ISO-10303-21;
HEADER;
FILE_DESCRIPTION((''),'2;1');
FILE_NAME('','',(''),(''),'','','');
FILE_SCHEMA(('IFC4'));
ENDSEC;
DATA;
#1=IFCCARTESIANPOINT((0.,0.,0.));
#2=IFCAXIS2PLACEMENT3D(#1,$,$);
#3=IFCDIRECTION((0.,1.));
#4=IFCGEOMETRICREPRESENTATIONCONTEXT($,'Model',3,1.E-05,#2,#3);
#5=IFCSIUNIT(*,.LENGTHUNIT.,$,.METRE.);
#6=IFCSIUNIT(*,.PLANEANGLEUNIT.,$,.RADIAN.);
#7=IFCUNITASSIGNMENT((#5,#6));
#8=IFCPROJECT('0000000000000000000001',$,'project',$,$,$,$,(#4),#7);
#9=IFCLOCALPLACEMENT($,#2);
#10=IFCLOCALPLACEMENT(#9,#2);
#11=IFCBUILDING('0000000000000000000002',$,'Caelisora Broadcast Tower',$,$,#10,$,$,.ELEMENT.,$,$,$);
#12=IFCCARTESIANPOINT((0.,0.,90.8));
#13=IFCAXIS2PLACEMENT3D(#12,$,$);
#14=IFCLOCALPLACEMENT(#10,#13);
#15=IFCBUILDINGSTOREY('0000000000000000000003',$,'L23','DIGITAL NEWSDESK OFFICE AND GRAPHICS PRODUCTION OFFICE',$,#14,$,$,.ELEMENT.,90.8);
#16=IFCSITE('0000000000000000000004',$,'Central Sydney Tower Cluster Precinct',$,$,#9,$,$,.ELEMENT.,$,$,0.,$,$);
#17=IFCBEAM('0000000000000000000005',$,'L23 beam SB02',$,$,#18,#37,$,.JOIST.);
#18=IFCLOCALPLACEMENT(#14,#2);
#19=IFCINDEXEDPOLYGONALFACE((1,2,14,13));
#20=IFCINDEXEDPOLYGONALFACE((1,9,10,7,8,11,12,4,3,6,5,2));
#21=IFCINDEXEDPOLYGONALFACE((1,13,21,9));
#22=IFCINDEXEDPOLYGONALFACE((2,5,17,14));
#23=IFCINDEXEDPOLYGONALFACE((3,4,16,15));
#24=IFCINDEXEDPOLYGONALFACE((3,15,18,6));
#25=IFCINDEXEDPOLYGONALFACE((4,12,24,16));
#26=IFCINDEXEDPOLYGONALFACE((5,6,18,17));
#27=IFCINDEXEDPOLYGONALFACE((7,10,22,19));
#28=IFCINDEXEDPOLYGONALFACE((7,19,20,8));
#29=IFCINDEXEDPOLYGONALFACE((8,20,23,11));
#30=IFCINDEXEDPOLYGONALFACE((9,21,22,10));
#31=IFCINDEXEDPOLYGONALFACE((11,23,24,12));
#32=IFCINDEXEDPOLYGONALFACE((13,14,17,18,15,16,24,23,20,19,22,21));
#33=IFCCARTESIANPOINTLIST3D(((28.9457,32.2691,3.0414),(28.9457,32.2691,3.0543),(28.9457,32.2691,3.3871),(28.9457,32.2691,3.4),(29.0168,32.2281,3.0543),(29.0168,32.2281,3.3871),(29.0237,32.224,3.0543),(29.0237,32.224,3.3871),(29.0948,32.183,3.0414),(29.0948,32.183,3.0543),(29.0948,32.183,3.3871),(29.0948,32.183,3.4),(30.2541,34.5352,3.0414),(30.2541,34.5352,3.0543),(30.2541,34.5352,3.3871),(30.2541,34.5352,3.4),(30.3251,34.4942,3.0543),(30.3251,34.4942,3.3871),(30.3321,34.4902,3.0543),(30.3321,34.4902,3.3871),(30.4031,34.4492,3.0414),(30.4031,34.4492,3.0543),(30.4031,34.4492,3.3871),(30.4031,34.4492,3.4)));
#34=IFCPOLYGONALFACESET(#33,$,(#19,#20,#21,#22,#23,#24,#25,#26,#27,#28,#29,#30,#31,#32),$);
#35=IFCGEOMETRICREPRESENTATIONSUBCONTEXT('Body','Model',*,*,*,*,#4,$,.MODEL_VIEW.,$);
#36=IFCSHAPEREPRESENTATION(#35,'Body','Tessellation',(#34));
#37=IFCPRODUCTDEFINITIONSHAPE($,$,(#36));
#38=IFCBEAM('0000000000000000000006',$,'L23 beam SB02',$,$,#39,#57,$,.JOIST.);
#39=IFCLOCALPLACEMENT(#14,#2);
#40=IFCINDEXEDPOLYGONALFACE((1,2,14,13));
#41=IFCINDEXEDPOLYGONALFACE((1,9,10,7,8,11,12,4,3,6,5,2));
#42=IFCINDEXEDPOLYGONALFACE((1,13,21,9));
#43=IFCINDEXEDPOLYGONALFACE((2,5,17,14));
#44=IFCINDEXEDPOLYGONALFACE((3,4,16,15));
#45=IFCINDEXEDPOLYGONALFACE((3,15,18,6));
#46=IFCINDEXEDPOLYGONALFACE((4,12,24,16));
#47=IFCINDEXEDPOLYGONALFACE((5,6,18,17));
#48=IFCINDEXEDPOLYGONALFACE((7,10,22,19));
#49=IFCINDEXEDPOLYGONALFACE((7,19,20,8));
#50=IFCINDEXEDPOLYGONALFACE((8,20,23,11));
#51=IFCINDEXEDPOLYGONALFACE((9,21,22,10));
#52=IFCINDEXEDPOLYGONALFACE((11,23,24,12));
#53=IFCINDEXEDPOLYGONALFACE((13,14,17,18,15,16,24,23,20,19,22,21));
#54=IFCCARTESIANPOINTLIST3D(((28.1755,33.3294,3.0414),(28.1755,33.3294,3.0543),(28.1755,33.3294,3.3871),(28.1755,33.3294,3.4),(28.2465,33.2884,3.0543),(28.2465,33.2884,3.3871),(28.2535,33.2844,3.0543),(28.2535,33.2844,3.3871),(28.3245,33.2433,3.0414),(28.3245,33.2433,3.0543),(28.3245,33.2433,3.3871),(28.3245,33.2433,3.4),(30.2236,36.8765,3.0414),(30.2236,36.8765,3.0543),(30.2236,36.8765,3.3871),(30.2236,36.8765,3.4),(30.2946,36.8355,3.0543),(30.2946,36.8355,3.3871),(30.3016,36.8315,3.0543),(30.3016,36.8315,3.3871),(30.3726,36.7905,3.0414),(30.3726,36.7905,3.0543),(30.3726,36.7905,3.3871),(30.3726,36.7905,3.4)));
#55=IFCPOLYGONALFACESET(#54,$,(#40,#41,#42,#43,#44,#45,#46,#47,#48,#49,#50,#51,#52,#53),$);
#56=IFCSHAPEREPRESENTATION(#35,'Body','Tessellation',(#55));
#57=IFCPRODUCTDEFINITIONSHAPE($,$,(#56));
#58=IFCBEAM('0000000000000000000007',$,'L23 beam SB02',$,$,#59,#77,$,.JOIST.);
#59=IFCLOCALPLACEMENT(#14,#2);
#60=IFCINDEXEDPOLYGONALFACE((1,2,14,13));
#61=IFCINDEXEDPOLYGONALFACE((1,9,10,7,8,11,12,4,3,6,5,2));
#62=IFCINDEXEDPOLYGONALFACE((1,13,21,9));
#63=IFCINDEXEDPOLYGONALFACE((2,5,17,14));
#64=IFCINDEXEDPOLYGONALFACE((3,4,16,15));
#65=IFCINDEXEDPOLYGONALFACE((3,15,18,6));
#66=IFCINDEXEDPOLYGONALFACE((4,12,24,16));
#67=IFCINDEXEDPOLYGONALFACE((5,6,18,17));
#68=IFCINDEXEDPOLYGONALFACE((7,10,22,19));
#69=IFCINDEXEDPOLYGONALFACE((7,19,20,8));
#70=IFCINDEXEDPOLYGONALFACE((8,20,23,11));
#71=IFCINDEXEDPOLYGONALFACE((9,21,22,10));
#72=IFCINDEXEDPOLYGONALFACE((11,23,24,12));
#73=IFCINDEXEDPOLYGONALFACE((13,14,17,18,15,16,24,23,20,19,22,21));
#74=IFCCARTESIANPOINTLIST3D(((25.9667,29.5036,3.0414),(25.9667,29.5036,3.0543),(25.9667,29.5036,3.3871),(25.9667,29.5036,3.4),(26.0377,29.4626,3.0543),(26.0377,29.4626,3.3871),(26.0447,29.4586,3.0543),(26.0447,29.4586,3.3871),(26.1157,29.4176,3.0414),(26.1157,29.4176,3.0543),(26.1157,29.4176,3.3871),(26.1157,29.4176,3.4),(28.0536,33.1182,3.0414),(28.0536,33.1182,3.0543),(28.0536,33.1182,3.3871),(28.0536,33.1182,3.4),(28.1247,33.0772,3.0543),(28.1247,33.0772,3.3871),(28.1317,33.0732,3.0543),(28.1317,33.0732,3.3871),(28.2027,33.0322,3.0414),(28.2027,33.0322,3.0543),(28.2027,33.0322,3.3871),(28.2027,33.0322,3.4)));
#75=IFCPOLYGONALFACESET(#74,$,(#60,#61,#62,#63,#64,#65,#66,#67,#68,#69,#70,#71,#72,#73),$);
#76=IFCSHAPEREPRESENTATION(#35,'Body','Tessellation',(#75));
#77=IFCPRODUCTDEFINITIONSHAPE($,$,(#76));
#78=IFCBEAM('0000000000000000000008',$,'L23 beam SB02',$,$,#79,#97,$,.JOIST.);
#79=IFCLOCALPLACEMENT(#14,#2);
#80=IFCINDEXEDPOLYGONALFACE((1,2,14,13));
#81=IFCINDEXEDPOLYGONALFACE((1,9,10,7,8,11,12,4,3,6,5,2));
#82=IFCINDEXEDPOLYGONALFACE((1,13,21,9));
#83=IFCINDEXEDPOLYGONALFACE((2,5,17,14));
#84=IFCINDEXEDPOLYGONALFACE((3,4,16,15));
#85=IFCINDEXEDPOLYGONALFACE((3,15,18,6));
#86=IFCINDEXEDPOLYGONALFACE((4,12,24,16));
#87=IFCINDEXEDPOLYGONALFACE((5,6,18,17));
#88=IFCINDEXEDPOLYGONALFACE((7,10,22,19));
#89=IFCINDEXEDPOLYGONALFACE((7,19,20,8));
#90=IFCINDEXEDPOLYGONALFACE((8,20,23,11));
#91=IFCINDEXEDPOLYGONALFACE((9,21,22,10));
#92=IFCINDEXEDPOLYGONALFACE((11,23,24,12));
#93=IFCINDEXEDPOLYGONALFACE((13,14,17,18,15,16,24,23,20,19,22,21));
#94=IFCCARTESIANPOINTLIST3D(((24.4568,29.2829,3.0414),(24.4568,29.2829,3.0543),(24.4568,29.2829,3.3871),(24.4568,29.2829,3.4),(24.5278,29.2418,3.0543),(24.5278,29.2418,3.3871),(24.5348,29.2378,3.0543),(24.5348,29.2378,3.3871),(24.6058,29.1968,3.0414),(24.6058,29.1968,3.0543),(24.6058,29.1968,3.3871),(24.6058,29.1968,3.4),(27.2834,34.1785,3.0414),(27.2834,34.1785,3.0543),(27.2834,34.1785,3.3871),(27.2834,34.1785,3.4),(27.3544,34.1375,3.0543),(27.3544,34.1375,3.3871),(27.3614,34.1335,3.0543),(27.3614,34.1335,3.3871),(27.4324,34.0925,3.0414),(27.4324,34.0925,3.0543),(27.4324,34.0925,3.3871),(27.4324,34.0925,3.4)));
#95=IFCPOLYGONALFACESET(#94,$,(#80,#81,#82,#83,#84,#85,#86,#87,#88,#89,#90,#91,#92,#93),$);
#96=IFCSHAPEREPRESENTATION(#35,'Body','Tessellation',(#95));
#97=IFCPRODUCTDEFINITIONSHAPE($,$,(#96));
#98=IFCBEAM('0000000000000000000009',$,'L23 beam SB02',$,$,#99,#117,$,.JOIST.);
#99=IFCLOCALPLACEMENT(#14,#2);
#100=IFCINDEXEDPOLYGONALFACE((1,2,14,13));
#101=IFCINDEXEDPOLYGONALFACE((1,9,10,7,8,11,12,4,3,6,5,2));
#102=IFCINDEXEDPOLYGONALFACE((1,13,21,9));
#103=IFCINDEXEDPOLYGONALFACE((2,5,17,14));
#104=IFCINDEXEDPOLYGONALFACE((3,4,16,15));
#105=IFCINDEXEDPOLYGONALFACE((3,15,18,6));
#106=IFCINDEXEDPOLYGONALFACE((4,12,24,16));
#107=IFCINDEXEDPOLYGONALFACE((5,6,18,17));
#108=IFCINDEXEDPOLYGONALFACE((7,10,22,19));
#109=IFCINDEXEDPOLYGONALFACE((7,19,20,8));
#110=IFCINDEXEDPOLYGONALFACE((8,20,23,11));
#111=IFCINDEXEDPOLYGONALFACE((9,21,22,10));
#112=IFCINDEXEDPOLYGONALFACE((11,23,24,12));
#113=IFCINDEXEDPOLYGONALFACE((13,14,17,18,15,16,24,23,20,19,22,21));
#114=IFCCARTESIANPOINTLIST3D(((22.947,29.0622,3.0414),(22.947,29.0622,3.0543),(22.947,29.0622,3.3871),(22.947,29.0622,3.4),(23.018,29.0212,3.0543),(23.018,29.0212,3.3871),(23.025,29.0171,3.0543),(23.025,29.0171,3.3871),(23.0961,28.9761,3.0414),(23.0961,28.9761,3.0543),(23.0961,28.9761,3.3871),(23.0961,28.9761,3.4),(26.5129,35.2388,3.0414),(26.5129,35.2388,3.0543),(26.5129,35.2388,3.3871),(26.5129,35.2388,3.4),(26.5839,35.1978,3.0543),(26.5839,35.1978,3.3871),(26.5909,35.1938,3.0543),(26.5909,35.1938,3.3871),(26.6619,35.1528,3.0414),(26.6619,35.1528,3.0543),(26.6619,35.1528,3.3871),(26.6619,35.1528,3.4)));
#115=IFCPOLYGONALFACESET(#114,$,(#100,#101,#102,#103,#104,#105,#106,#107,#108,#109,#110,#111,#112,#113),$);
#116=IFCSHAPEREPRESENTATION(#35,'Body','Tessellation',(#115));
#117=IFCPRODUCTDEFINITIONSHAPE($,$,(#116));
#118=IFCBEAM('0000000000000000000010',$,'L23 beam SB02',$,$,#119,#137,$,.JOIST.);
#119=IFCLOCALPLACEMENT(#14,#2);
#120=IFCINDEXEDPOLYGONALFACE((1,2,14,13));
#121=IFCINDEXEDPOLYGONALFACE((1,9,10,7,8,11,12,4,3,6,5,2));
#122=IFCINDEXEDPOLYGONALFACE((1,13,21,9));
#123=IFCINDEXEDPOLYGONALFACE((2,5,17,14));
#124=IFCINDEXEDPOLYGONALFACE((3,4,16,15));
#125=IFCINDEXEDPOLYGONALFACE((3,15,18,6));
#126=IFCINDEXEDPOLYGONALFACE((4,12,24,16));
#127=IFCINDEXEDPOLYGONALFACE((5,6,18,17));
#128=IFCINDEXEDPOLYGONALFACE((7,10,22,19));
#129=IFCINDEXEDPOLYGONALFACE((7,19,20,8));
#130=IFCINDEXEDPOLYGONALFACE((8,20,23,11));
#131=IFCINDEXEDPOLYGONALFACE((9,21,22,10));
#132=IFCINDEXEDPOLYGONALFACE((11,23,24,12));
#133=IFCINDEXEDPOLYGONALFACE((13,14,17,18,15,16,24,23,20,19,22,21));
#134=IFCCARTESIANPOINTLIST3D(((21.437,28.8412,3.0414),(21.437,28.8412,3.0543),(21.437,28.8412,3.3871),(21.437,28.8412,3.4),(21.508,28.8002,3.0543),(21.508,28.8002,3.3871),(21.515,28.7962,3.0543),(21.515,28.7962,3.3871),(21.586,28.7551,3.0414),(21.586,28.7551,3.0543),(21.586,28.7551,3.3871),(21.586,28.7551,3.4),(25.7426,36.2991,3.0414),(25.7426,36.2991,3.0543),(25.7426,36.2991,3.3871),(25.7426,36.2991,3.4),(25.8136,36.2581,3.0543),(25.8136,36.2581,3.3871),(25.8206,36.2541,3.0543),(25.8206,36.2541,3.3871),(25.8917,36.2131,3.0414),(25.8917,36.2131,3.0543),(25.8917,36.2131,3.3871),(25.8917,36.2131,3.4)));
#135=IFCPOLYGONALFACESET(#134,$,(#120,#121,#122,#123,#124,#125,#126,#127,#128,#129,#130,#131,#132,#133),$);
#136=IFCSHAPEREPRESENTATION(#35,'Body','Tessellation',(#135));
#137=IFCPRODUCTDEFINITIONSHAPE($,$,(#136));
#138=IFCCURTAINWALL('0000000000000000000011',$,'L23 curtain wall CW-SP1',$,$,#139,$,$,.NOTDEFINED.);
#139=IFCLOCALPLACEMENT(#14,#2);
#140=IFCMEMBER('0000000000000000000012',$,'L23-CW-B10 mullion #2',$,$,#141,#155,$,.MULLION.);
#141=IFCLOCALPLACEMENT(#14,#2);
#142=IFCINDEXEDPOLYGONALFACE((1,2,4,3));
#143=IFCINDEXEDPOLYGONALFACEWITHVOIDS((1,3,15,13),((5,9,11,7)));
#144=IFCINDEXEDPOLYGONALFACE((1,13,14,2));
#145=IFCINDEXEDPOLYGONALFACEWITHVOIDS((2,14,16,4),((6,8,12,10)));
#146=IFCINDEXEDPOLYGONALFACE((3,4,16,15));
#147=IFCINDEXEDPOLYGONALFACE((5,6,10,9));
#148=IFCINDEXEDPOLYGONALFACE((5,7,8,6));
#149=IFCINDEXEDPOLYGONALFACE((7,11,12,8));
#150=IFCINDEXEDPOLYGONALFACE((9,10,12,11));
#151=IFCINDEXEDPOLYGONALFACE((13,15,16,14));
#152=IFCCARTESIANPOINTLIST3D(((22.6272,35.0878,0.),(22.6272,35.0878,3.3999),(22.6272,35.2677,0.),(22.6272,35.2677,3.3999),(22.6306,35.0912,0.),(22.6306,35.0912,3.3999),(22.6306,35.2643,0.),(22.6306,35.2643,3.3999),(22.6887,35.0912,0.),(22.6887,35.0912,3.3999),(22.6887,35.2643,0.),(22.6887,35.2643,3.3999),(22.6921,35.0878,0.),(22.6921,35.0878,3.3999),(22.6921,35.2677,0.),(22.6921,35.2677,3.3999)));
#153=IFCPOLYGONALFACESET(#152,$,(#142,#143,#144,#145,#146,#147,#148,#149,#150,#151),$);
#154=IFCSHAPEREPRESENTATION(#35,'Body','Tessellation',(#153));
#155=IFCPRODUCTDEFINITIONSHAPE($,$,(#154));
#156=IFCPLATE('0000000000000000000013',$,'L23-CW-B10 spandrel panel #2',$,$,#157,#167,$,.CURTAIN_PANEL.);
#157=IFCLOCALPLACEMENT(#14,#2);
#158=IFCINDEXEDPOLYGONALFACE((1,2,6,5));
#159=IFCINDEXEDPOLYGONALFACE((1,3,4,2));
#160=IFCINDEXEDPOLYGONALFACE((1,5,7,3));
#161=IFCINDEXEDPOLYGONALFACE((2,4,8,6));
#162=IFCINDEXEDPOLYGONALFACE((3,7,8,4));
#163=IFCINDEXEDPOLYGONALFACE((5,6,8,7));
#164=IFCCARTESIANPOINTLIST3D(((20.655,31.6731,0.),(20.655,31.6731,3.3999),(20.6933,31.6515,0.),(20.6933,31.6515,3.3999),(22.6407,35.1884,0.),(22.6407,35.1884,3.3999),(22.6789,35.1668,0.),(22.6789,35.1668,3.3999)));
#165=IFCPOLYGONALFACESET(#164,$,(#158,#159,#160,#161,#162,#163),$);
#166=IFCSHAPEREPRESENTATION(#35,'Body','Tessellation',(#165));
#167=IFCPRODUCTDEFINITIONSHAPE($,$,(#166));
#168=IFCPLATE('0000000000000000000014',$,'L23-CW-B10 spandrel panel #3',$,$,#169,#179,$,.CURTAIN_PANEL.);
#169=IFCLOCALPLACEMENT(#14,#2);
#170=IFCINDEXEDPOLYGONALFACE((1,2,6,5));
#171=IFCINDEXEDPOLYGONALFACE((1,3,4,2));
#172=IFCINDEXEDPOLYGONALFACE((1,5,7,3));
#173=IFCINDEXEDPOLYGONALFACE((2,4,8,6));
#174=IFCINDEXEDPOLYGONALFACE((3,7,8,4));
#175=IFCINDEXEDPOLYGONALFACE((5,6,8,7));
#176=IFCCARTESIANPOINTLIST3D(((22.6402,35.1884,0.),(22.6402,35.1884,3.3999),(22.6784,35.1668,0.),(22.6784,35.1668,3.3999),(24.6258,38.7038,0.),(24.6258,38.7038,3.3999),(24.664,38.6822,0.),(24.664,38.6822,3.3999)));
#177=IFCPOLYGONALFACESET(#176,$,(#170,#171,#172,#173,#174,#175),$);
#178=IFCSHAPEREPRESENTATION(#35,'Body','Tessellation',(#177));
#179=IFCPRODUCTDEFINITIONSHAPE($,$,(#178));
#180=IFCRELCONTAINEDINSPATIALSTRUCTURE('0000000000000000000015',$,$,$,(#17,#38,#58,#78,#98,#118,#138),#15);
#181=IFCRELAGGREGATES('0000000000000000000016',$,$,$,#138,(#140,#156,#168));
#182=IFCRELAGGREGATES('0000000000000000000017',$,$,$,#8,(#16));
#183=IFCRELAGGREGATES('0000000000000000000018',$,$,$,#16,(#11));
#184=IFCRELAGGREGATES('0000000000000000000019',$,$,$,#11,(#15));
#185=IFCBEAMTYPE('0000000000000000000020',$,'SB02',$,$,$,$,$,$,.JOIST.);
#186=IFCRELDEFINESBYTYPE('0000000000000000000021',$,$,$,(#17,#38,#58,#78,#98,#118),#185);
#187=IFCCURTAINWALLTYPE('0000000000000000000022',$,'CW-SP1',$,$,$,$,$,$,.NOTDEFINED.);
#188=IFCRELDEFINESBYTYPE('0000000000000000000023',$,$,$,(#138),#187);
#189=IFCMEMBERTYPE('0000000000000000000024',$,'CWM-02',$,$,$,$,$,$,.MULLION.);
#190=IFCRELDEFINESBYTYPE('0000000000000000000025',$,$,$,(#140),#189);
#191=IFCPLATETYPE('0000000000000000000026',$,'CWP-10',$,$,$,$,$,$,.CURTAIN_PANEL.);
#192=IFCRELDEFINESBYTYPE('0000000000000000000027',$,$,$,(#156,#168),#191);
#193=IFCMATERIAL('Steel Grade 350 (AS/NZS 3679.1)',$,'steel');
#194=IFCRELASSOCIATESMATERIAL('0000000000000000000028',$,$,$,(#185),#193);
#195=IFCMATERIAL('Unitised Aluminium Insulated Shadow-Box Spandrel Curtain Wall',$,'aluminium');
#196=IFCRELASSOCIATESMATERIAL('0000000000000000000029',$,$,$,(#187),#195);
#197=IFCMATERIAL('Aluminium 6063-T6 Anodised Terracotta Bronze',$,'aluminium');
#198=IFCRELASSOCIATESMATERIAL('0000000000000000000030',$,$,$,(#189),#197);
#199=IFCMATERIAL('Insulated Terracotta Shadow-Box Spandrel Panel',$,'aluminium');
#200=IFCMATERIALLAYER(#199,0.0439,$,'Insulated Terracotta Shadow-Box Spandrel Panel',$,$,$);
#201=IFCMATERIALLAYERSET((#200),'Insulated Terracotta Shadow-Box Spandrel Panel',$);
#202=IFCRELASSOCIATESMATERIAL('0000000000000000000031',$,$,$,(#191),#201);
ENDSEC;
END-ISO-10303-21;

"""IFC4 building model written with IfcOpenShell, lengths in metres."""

from ifc_helpers import new_model, si_unit, direction, frame, origin, origin_2d, place, context, subcontext, project, spatial, rectangle, hollow_rectangle, i_section, extrude, source, transform, mapped, material, layer, layer_set, material_profile, profile_set, type_object, type_shapes, element, aggregate, save


model = new_model("IFC4")

# Units and contexts
model_context = context("Model", 3, precision=1e-05, world=origin(), true_north=direction((0.0, 1.0)))
body_context = subcontext(model_context, "Body", "Model", "MODEL_VIEW")
ifc_project = project(units=[si_unit("LENGTHUNIT", "METRE"), si_unit("PLANEANGLEUNIT", "RADIAN")], contexts=[model_context])

# Site, building, storey
site_placement = place(None, origin())
site = spatial("IfcSite", under=ifc_project, at=site_placement, Name="Central Sydney Tower Cluster Precinct", CompositionType="ELEMENT", RefElevation=0.0)
building_placement = place(site_placement, origin())
building = spatial("IfcBuilding", under=site, at=building_placement, Name="Caelisora Broadcast Tower", CompositionType="ELEMENT")
storey_placement = place(building_placement, frame((0.0, 0.0, 90.8)))
storey = spatial("IfcBuildingStorey", under=building, at=storey_placement, Name="L23", Description="DIGITAL NEWSDESK OFFICE AND GRAPHICS PRODUCTION OFFICE", CompositionType="ELEMENT", Elevation=90.8)

# Beams
ifc_material_1 = material(Name="Steel Grade 350 (AS/NZS 3679.1)", Category="steel")
ifc_material_profile_1 = material_profile(ifc_material_1, i_section(OverallWidth=0.1721, OverallDepth=0.3586, WebThickness=0.0081, FlangeThickness=0.0129, at=origin_2d()), Name="Steel Grade 350 (AS/NZS 3679.1)")
ifc_profile_set_1 = profile_set([ifc_material_profile_1], Name="Steel Grade 350 (AS/NZS 3679.1)")
beam_type = type_object("IfcBeamType", Name="SB02", PredefinedType="JOIST", material=ifc_profile_set_1)
shared_shape_1 = source(origin(), body_context, "Body", "SweptSolid", [
    extrude(i_section(OverallWidth=0.1721, OverallDepth=0.3586, WebThickness=0.0081, FlangeThickness=0.0129, at=origin_2d()), origin(), (0.0, 0.0, 1.0), 2.6167),
])
beam_1_placement = place(storey_placement, frame((30.3286, 34.4922, 3.2207), z_axis=(-0.500002, -0.866024, 0.0), x_axis=(0.866024, -0.500002, 0.0)))
element("IfcBeam", 1, at=beam_1_placement, inside=storey, type_object=beam_type, Name="L23 beam SB02", PredefinedType="JOIST", context=body_context, shape_type="MappedRepresentation", body=[
    mapped(shared_shape_1, transform((0.0, 0.0, 0.0), scale=1.0)),
])
shared_shape_2 = source(origin(), body_context, "Body", "SweptSolid", [
    extrude(i_section(OverallWidth=0.1721, OverallDepth=0.3586, WebThickness=0.0081, FlangeThickness=0.0129, at=origin_2d()), origin(), (0.0, 0.0, 1.0), 4.0959),
])
beam_2_placement = place(storey_placement, frame((30.2981, 36.8335, 3.2207), z_axis=(-0.50003, -0.866008, 0.0), x_axis=(0.866008, -0.50003, 0.0)))
element("IfcBeam", 2, at=beam_2_placement, inside=storey, type_object=beam_type, Name="L23 beam SB02", PredefinedType="JOIST", context=body_context, shape_type="MappedRepresentation", body=[
    mapped(shared_shape_2, transform((0.0, 0.0, 0.0), scale=1.0)),
])
shared_shape_3 = source(origin(), body_context, "Body", "SweptSolid", [
    extrude(i_section(OverallWidth=0.1721, OverallDepth=0.3586, WebThickness=0.0081, FlangeThickness=0.0129, at=origin_2d()), origin(), (0.0, 0.0, 1.0), 4.1738),
])
beam_3_placement = place(storey_placement, frame((28.1282, 33.0752, 3.2207), z_axis=(-0.500014, -0.866017, 0.0), x_axis=(0.866017, -0.500014, 0.0)))
element("IfcBeam", 3, at=beam_3_placement, inside=storey, type_object=beam_type, Name="L23 beam SB02", PredefinedType="JOIST", context=body_context, shape_type="MappedRepresentation", body=[
    mapped(shared_shape_3, transform((0.0, 0.0, 0.0), scale=1.0)),
])
shared_shape_4 = source(origin(), body_context, "Body", "SweptSolid", [
    extrude(i_section(OverallWidth=0.1721, OverallDepth=0.3586, WebThickness=0.0081, FlangeThickness=0.0129, at=origin_2d()), origin(), (0.0, 0.0, 1.0), 5.6531),
])
beam_4_placement = place(storey_placement, frame((27.3579, 34.1355, 3.2207), z_axis=(-0.500013, -0.866018, 0.0), x_axis=(0.866018, -0.500013, 0.0)))
element("IfcBeam", 4, at=beam_4_placement, inside=storey, type_object=beam_type, Name="L23 beam SB02", PredefinedType="JOIST", context=body_context, shape_type="MappedRepresentation", body=[
    mapped(shared_shape_4, transform((0.0, 0.0, 0.0), scale=1.0)),
])
shared_shape_5 = source(origin(), body_context, "Body", "SweptSolid", [
    extrude(i_section(OverallWidth=0.1721, OverallDepth=0.3586, WebThickness=0.0081, FlangeThickness=0.0129, at=origin_2d()), origin(), (0.0, 0.0, 1.0), 7.1321),
])
beam_5_placement = place(storey_placement, frame((26.5874, 35.1958, 3.2207), z_axis=(-0.499975, -0.86604, 0.0), x_axis=(0.86604, -0.499975, 0.0)))
element("IfcBeam", 5, at=beam_5_placement, inside=storey, type_object=beam_type, Name="L23 beam SB02", PredefinedType="JOIST", context=body_context, shape_type="MappedRepresentation", body=[
    mapped(shared_shape_5, transform((0.0, 0.0, 0.0), scale=1.0)),
])
shared_shape_6 = source(origin(), body_context, "Body", "SweptSolid", [
    extrude(i_section(OverallWidth=0.1721, OverallDepth=0.3586, WebThickness=0.0081, FlangeThickness=0.0129, at=origin_2d()), origin(), (0.0, 0.0, 1.0), 8.6116),
])
type_shapes(beam_type, [shared_shape_1, shared_shape_2, shared_shape_3, shared_shape_4, shared_shape_5, shared_shape_6])
beam_6_placement = place(storey_placement, frame((25.8171, 36.2561, 3.2207), z_axis=(-0.499981, -0.866036, 0.0), x_axis=(0.866036, -0.499981, 0.0)))
element("IfcBeam", 6, at=beam_6_placement, inside=storey, type_object=beam_type, Name="L23 beam SB02", PredefinedType="JOIST", context=body_context, shape_type="MappedRepresentation", body=[
    mapped(shared_shape_6, transform((0.0, 0.0, 0.0), scale=1.0)),
])

# Curtain wall, member, plates
ifc_material_2 = material(Name="Unitised Aluminium Insulated Shadow-Box Spandrel Curtain Wall", Category="aluminium")
curtain_wall_type = type_object("IfcCurtainWallType", Name="CW-SP1", PredefinedType="NOTDEFINED", material=ifc_material_2)
curtain_wall_placement = place(storey_placement, origin())
curtain_wall = element("IfcCurtainWall", 7, at=curtain_wall_placement, inside=storey, type_object=curtain_wall_type, Name="L23 curtain wall CW-SP1", PredefinedType="NOTDEFINED")
ifc_material_3 = material(Name="Aluminium 6063-T6 Anodised Terracotta Bronze", Category="aluminium")
ifc_material_profile_2 = material_profile(ifc_material_3, hollow_rectangle(XDim=0.0649, YDim=0.1799, WallThickness=0.0034, at=origin_2d()), Name="Aluminium 6063-T6 Anodised Terracotta Bronze")
ifc_profile_set_2 = profile_set([ifc_material_profile_2], Name="Aluminium 6063-T6 Anodised Terracotta Bronze")
member_type = type_object("IfcMemberType", Name="CWM-02", PredefinedType="MULLION", material=ifc_profile_set_2)
shared_shape_7 = source(origin(), body_context, "Body", "SweptSolid", [
    extrude(hollow_rectangle(XDim=0.0649, YDim=0.1799, WallThickness=0.0034, at=origin_2d()), origin(), (0.0, 0.0, 1.0), 3.3999),
])
type_shapes(member_type, [shared_shape_7])
member_placement = place(storey_placement, frame((22.6597, 35.1777, 0.0), z_axis=(0.0, 0.0, 1.0), x_axis=(1.0, 0.0, 0.0)))
member = element("IfcMember", 8, at=member_placement, type_object=member_type, Name="L23-CW-B10 mullion #2", PredefinedType="MULLION", context=body_context, shape_type="MappedRepresentation", body=[
    mapped(shared_shape_7, transform((0.0, 0.0, 0.0), scale=1.0)),
])
ifc_material_4 = material(Name="Insulated Terracotta Shadow-Box Spandrel Panel", Category="aluminium")
ifc_layer_1 = layer(ifc_material_4, 0.0439, Name="Insulated Terracotta Shadow-Box Spandrel Panel")
ifc_layer_set_1 = layer_set([ifc_layer_1], Name="Insulated Terracotta Shadow-Box Spandrel Panel")
plate_type = type_object("IfcPlateType", Name="CWP-10", PredefinedType="CURTAIN_PANEL", material=ifc_layer_set_1)
shared_shape_8 = source(origin(), body_context, "Body", "SweptSolid", [
    extrude(rectangle(XDim=4.0374, YDim=0.0439, at=origin_2d()), origin(), (0.0, 0.0, 1.0), 3.3999),
])
type_shapes(plate_type, [shared_shape_8])
plate_1_placement = place(storey_placement, frame((21.667, 33.4199, 0.0), z_axis=(0.0, 0.0, 1.0), x_axis=(0.491816, 0.870699, 0.0)))
plate_1 = element("IfcPlate", 9, at=plate_1_placement, type_object=plate_type, Name="L23-CW-B10 spandrel panel #2", PredefinedType="CURTAIN_PANEL", context=body_context, shape_type="MappedRepresentation", body=[
    mapped(shared_shape_8, transform((0.0, 0.0, 0.0), scale=1.0)),
])
plate_2_placement = place(storey_placement, frame((23.6521, 36.9353, 0.0), z_axis=(0.0, 0.0, 1.0), x_axis=(0.491816, 0.870699, 0.0)))
plate_2 = element("IfcPlate", 10, at=plate_2_placement, type_object=plate_type, Name="L23-CW-B10 spandrel panel #3", PredefinedType="CURTAIN_PANEL", context=body_context, shape_type="MappedRepresentation", body=[
    mapped(shared_shape_8, transform((0.0, 0.0, 0.0), scale=1.0)),
])
aggregate(curtain_wall, [member, plate_1, plate_2])

save(model, "model.ifc")
